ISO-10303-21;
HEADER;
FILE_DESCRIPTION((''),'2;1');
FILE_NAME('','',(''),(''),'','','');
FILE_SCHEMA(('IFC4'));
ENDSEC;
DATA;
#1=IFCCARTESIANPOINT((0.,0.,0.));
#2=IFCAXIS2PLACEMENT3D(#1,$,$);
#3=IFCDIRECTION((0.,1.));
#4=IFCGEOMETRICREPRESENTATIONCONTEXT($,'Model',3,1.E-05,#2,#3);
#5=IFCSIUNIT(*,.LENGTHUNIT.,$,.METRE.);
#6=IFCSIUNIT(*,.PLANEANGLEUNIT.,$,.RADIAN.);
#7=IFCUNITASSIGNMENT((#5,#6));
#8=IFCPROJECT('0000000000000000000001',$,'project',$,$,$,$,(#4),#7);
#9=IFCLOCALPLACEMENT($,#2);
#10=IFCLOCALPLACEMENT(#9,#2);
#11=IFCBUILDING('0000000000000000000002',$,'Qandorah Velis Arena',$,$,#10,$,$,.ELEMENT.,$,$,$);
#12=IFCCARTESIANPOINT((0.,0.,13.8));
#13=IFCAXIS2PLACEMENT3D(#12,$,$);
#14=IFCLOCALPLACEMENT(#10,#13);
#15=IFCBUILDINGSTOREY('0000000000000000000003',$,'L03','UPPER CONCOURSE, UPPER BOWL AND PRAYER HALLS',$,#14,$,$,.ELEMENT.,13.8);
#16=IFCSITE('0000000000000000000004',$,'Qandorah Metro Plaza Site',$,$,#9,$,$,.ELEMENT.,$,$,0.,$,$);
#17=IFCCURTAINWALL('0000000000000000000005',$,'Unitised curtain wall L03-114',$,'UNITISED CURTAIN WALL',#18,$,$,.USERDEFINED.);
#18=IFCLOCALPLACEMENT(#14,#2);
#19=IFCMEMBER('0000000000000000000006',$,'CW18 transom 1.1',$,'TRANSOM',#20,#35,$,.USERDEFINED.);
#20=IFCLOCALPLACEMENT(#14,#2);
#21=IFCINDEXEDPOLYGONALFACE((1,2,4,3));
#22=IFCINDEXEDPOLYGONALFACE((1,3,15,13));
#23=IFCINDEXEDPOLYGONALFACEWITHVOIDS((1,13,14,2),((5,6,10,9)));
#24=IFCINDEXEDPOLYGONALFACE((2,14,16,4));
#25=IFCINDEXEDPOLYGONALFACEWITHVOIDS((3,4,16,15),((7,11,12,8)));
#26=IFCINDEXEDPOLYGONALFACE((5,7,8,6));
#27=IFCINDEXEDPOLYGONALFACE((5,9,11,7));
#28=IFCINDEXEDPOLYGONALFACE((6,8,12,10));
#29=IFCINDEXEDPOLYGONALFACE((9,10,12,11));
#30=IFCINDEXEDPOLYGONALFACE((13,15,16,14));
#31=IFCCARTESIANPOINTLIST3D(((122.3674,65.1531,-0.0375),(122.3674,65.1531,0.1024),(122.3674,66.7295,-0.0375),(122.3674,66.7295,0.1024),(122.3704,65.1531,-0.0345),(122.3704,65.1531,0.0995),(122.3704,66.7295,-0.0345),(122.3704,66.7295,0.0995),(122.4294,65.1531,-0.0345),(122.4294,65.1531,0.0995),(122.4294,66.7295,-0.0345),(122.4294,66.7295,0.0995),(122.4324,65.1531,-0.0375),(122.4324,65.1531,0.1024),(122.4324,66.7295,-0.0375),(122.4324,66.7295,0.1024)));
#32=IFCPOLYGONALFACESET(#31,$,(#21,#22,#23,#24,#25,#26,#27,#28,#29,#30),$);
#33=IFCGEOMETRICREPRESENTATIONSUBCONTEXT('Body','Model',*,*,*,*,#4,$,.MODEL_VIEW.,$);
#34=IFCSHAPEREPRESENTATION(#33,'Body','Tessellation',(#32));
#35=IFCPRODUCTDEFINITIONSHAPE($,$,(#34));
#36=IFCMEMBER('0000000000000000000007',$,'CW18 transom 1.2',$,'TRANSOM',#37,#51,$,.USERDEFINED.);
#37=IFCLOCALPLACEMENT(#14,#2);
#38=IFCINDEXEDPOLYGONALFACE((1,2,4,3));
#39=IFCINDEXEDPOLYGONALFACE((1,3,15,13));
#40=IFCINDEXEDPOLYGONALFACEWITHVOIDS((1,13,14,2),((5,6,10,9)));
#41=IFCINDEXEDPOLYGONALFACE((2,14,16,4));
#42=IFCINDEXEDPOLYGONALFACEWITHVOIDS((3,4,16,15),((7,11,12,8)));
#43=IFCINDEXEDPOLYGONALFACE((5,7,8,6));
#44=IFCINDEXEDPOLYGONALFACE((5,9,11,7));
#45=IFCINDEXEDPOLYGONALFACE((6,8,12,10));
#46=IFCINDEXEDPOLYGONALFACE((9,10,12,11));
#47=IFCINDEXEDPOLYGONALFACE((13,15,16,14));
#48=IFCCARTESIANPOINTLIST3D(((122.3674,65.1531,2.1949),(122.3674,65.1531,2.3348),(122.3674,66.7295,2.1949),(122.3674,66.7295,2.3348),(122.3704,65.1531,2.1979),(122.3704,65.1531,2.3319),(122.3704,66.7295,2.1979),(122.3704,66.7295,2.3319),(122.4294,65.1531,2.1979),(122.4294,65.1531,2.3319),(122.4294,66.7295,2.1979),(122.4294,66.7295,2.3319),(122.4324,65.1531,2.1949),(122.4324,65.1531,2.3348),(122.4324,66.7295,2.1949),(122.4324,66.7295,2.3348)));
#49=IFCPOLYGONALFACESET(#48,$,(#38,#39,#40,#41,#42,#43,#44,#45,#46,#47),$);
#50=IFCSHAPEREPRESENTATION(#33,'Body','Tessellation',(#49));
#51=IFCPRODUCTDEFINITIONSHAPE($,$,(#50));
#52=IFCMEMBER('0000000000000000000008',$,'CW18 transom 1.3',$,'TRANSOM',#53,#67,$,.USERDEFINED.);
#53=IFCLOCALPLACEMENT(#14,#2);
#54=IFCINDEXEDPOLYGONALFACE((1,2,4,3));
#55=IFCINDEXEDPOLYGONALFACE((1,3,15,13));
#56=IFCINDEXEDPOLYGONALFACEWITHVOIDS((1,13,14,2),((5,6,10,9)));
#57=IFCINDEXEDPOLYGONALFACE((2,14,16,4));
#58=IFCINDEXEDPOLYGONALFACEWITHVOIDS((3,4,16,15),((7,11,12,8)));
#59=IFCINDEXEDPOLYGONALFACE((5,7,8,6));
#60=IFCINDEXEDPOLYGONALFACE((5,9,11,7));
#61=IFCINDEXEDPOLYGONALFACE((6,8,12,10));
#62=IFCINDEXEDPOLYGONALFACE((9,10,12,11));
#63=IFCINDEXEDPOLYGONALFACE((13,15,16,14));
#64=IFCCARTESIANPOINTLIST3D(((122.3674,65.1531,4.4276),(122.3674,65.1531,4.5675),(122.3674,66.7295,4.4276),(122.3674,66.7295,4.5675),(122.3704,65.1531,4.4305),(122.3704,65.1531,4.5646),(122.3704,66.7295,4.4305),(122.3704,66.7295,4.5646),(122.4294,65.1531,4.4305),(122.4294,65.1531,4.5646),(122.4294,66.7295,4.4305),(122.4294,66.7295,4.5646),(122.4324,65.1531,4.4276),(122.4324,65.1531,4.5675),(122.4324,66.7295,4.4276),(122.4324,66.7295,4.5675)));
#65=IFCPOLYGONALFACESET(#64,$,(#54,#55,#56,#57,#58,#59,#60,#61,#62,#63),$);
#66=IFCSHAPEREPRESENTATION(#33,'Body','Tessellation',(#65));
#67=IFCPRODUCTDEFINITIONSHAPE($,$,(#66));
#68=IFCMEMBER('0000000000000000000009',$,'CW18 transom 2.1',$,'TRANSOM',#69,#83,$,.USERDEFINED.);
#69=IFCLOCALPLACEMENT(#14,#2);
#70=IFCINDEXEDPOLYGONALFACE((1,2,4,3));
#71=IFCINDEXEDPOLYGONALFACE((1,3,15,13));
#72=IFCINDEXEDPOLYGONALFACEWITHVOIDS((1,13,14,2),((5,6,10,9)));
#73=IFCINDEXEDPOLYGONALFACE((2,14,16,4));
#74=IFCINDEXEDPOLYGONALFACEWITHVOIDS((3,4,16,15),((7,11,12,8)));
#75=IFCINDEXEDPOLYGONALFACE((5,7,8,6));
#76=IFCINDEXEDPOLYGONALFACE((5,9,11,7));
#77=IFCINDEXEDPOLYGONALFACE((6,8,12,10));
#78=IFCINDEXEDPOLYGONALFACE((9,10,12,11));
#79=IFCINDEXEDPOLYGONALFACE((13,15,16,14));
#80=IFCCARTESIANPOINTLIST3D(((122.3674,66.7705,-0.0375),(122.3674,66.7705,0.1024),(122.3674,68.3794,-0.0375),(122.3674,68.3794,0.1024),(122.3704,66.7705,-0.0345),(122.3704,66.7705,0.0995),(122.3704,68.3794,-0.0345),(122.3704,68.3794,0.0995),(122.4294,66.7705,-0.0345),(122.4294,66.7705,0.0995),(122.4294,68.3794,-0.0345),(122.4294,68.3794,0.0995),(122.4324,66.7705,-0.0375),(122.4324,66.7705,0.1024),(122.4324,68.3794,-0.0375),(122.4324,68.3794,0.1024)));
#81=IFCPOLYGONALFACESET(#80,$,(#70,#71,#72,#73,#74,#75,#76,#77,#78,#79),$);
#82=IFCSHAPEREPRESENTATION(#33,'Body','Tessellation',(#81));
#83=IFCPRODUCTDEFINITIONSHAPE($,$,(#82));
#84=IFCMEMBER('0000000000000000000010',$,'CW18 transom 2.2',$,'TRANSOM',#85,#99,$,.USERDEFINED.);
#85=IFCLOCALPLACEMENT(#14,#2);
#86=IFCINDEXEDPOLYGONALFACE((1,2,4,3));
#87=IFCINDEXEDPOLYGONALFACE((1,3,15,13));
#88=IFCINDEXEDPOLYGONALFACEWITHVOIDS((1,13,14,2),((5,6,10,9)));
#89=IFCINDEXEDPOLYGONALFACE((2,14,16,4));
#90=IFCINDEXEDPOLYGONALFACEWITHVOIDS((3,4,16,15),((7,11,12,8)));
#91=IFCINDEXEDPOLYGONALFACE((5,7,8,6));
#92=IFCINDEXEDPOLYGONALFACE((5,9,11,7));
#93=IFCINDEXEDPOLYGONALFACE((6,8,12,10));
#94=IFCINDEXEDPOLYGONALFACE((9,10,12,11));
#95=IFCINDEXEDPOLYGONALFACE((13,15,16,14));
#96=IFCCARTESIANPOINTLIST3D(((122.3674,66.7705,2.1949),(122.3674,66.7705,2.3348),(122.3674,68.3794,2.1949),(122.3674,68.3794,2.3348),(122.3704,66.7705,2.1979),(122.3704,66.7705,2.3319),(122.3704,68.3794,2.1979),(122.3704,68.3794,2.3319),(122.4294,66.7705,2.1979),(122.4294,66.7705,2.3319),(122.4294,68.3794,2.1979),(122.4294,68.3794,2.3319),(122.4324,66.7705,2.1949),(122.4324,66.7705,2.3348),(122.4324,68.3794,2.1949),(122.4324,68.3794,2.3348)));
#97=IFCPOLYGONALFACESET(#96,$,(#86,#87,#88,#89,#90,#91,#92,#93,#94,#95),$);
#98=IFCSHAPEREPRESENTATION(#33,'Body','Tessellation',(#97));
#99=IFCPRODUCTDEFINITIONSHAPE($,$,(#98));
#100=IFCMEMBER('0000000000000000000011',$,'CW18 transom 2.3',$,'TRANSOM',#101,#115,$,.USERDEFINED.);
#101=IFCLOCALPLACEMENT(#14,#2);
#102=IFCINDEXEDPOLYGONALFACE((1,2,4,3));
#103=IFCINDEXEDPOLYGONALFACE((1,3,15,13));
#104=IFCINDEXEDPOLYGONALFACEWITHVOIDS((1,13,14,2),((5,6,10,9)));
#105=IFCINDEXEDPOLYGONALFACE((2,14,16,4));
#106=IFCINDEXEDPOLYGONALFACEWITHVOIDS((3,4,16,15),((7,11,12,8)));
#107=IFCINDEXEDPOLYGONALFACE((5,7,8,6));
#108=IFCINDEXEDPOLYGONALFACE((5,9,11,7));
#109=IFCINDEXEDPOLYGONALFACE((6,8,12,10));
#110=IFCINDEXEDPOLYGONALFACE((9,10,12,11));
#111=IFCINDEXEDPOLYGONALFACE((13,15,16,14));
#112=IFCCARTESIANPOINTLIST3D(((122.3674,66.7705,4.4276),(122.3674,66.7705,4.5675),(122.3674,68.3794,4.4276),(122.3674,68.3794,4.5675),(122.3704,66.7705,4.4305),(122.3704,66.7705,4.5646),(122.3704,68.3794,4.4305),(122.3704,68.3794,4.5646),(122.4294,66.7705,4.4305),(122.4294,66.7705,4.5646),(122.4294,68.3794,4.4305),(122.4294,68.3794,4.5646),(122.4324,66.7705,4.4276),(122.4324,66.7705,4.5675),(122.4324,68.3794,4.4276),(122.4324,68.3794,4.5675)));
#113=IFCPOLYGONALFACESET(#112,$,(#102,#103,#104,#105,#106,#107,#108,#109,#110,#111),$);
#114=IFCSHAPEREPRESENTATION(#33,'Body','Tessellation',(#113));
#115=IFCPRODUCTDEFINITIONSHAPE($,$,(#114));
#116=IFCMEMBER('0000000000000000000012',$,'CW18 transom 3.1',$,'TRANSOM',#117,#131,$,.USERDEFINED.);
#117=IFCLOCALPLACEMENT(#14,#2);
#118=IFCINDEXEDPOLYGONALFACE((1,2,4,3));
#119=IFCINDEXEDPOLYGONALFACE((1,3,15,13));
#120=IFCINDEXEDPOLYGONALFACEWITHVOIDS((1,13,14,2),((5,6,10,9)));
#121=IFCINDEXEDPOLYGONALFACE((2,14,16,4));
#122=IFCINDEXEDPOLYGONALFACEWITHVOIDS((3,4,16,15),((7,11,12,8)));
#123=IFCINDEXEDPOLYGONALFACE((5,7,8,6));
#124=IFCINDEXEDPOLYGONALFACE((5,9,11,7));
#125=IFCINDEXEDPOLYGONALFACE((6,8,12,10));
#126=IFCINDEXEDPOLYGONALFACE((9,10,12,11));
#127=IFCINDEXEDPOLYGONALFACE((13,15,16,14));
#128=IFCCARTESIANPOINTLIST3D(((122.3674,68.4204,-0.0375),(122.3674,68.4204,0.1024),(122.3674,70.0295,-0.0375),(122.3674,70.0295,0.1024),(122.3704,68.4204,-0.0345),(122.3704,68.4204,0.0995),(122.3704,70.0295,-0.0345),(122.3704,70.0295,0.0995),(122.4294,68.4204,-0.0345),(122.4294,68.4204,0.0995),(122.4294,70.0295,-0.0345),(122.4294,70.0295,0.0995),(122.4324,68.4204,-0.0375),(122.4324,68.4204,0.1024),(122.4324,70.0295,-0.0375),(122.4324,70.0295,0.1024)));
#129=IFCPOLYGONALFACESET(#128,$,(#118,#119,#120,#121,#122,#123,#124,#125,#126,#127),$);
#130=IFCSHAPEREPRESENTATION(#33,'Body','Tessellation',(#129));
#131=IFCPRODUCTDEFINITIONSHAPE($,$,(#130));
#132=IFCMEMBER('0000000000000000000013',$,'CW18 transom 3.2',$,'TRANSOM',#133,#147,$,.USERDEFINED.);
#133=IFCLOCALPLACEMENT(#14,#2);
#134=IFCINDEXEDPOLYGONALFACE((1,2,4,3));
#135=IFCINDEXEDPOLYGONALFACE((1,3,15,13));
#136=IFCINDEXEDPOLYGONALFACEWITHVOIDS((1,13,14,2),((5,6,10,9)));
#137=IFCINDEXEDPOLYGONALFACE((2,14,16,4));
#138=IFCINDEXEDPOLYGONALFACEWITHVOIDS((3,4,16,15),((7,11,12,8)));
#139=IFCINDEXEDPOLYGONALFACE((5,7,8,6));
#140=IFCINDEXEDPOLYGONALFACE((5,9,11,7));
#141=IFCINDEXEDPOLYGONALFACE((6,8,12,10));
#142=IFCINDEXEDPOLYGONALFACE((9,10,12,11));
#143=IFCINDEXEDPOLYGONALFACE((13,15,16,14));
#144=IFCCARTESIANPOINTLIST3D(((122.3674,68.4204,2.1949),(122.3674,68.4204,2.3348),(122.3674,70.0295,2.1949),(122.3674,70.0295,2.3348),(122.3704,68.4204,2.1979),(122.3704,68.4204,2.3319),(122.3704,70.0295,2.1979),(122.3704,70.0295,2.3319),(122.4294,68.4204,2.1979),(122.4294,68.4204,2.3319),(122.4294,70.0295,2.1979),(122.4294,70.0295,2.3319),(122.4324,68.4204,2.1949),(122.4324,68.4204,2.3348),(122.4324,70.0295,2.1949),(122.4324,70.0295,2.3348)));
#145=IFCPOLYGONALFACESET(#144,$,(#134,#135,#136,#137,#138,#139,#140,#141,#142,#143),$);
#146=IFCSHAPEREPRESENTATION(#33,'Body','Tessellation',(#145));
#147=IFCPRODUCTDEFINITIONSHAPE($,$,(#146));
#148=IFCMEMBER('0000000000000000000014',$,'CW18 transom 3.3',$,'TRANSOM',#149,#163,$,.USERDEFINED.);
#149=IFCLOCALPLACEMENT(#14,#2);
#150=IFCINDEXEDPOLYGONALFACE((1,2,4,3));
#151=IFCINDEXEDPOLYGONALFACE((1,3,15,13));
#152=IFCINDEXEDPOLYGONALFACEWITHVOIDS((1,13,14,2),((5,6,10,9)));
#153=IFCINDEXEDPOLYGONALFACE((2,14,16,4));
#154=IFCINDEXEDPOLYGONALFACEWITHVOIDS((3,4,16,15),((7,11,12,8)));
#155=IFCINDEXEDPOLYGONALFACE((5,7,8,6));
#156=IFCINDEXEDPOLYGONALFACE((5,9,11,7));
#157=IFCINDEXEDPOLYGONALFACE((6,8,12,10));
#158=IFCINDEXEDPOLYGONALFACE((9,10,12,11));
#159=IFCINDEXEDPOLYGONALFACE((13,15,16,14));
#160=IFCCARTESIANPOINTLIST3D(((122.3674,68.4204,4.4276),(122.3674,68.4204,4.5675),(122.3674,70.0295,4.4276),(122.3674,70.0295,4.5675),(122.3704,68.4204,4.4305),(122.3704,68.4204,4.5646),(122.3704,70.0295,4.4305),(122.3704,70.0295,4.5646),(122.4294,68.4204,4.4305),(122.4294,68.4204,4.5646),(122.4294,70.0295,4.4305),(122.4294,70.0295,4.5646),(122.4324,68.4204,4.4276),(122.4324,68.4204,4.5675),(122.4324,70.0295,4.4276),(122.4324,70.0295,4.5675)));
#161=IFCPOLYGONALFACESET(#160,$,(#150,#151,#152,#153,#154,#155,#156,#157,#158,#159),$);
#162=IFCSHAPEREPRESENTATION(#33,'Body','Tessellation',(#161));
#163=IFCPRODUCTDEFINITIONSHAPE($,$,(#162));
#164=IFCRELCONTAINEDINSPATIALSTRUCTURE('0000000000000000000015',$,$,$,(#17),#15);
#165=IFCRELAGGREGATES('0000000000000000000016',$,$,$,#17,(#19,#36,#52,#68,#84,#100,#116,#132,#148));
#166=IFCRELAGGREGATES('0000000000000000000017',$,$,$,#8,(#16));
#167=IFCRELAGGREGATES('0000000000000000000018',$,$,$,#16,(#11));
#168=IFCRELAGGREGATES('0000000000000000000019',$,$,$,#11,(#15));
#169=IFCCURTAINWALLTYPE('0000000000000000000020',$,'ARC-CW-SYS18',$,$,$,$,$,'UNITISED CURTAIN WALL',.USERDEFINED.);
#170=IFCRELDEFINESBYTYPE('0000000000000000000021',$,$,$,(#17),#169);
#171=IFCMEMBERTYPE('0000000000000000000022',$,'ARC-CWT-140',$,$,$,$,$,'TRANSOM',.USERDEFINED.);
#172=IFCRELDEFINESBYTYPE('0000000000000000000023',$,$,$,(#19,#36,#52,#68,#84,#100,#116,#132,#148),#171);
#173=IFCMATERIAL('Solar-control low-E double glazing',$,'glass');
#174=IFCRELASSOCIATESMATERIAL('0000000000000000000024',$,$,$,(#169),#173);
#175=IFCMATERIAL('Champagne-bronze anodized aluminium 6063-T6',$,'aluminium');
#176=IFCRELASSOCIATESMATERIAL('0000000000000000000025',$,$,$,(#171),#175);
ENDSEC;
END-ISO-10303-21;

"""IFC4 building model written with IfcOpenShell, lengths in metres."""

from ifc_helpers import new_model, si_unit, direction, frame, origin, origin_2d, place, context, subcontext, project, spatial, hollow_rectangle, extrude, material, material_profile, profile_set, type_object, element, aggregate, save


model = new_model("IFC4")

# Units and contexts
model_context = context("Model", 3, precision=1e-05, world=origin(), true_north=direction((0.0, 1.0)))
body_context = subcontext(model_context, "Body", "Model", "MODEL_VIEW")
ifc_project = project(units=[si_unit("LENGTHUNIT", "METRE"), si_unit("PLANEANGLEUNIT", "RADIAN")], contexts=[model_context])

# Site, building, storey
site_placement = place(None, origin())
site = spatial("IfcSite", under=ifc_project, at=site_placement, Name="Qandorah Metro Plaza Site", CompositionType="ELEMENT", RefElevation=0.0)
building_placement = place(site_placement, origin())
building = spatial("IfcBuilding", under=site, at=building_placement, Name="Qandorah Velis Arena", CompositionType="ELEMENT")
storey_placement = place(building_placement, frame((0.0, 0.0, 13.8)))
storey = spatial("IfcBuildingStorey", under=building, at=storey_placement, Name="L03", Description="UPPER CONCOURSE, UPPER BOWL AND PRAYER HALLS", CompositionType="ELEMENT", Elevation=13.8)

# Curtain wall
ifc_material_1 = material(Name="Solar-control low-E double glazing", Category="glass")
curtain_wall_type_1 = type_object("IfcCurtainWallType", Name="ARC-CW-SYS18", ElementType="UNITISED CURTAIN WALL", PredefinedType="USERDEFINED", material=ifc_material_1)
curtain_wall_1_placement = place(storey_placement, origin())
curtain_wall_1 = element("IfcCurtainWall", 1, at=curtain_wall_1_placement, inside=storey, type_object=curtain_wall_type_1, Name="Unitised curtain wall L03-114", ObjectType="UNITISED CURTAIN WALL", PredefinedType="USERDEFINED")
ifc_material_2 = material(Name="Champagne-bronze anodized aluminium 6063-T6", Category="aluminium")

# Members
ifc_material_profile_1 = material_profile(ifc_material_2, hollow_rectangle(XDim=0.0649, YDim=0.1399, WallThickness=0.0029, at=origin_2d()), Name="ALU TRANSOM 65x140")
ifc_profile_set_1 = profile_set([ifc_material_profile_1], Name="Champagne-bronze anodized aluminium 6063-T6")
member_type_1 = type_object("IfcMemberType", Name="ARC-CWT-140", ElementType="TRANSOM", PredefinedType="USERDEFINED", material=ifc_profile_set_1)
member_1_placement = place(storey_placement, frame((122.3999, 65.1531, 0.0325), z_axis=(0.0, 1.0, 0.0), x_axis=(-1.0, 0.0, 0.0)))
member_1 = element("IfcMember", 2, at=member_1_placement, type_object=member_type_1, Name="CW18 transom 1.1", ObjectType="TRANSOM", PredefinedType="USERDEFINED", context=body_context, shape_type="SweptSolid", body=[
    extrude(hollow_rectangle(XDim=0.0649, YDim=0.1399, WallThickness=0.0029, at=origin_2d()), origin(), (0.0, 0.0, 1.0), 1.5764),
])
member_2_placement = place(storey_placement, frame((122.3999, 65.1531, 2.2649), z_axis=(0.0, 1.0, 0.0), x_axis=(-1.0, 0.0, 0.0)))
member_2 = element("IfcMember", 3, at=member_2_placement, type_object=member_type_1, Name="CW18 transom 1.2", ObjectType="TRANSOM", PredefinedType="USERDEFINED", context=body_context, shape_type="SweptSolid", body=[
    extrude(hollow_rectangle(XDim=0.0649, YDim=0.1399, WallThickness=0.0029, at=origin_2d()), origin(), (0.0, 0.0, 1.0), 1.5764),
])
member_3_placement = place(storey_placement, frame((122.3999, 65.1531, 4.4976), z_axis=(0.0, 1.0, 0.0), x_axis=(-1.0, 0.0, 0.0)))
member_3 = element("IfcMember", 4, at=member_3_placement, type_object=member_type_1, Name="CW18 transom 1.3", ObjectType="TRANSOM", PredefinedType="USERDEFINED", context=body_context, shape_type="SweptSolid", body=[
    extrude(hollow_rectangle(XDim=0.0649, YDim=0.1399, WallThickness=0.0029, at=origin_2d()), origin(), (0.0, 0.0, 1.0), 1.5764),
])
member_4_placement = place(storey_placement, frame((122.3999, 66.7705, 0.0325), z_axis=(0.0, 1.0, 0.0), x_axis=(-1.0, 0.0, 0.0)))
member_4 = element("IfcMember", 5, at=member_4_placement, type_object=member_type_1, Name="CW18 transom 2.1", ObjectType="TRANSOM", PredefinedType="USERDEFINED", context=body_context, shape_type="SweptSolid", body=[
    extrude(hollow_rectangle(XDim=0.0649, YDim=0.1399, WallThickness=0.0029, at=origin_2d()), origin(), (0.0, 0.0, 1.0), 1.6089),
])
member_5_placement = place(storey_placement, frame((122.3999, 66.7705, 2.2649), z_axis=(0.0, 1.0, 0.0), x_axis=(-1.0, 0.0, 0.0)))
member_5 = element("IfcMember", 6, at=member_5_placement, type_object=member_type_1, Name="CW18 transom 2.2", ObjectType="TRANSOM", PredefinedType="USERDEFINED", context=body_context, shape_type="SweptSolid", body=[
    extrude(hollow_rectangle(XDim=0.0649, YDim=0.1399, WallThickness=0.0029, at=origin_2d()), origin(), (0.0, 0.0, 1.0), 1.6089),
])
member_6_placement = place(storey_placement, frame((122.3999, 66.7705, 4.4976), z_axis=(0.0, 1.0, 0.0), x_axis=(-1.0, 0.0, 0.0)))
member_6 = element("IfcMember", 7, at=member_6_placement, type_object=member_type_1, Name="CW18 transom 2.3", ObjectType="TRANSOM", PredefinedType="USERDEFINED", context=body_context, shape_type="SweptSolid", body=[
    extrude(hollow_rectangle(XDim=0.0649, YDim=0.1399, WallThickness=0.0029, at=origin_2d()), origin(), (0.0, 0.0, 1.0), 1.6089),
])
member_7_placement = place(storey_placement, frame((122.3999, 68.4204, 0.0325), z_axis=(0.0, 1.0, 0.0), x_axis=(-1.0, 0.0, 0.0)))
member_7 = element("IfcMember", 8, at=member_7_placement, type_object=member_type_1, Name="CW18 transom 3.1", ObjectType="TRANSOM", PredefinedType="USERDEFINED", context=body_context, shape_type="SweptSolid", body=[
    extrude(hollow_rectangle(XDim=0.0649, YDim=0.1399, WallThickness=0.0029, at=origin_2d()), origin(), (0.0, 0.0, 1.0), 1.6091),
])
member_8_placement = place(storey_placement, frame((122.3999, 68.4204, 2.2649), z_axis=(0.0, 1.0, 0.0), x_axis=(-1.0, 0.0, 0.0)))
member_8 = element("IfcMember", 9, at=member_8_placement, type_object=member_type_1, Name="CW18 transom 3.2", ObjectType="TRANSOM", PredefinedType="USERDEFINED", context=body_context, shape_type="SweptSolid", body=[
    extrude(hollow_rectangle(XDim=0.0649, YDim=0.1399, WallThickness=0.0029, at=origin_2d()), origin(), (0.0, 0.0, 1.0), 1.6091),
])
member_9_placement = place(storey_placement, frame((122.3999, 68.4204, 4.4976), z_axis=(0.0, 1.0, 0.0), x_axis=(-1.0, 0.0, 0.0)))
member_9 = element("IfcMember", 10, at=member_9_placement, type_object=member_type_1, Name="CW18 transom 3.3", ObjectType="TRANSOM", PredefinedType="USERDEFINED", context=body_context, shape_type="SweptSolid", body=[
    extrude(hollow_rectangle(XDim=0.0649, YDim=0.1399, WallThickness=0.0029, at=origin_2d()), origin(), (0.0, 0.0, 1.0), 1.6091),
])

aggregate(curtain_wall_1, [member_1, member_2, member_3, member_4, member_5, member_6, member_7, member_8, member_9])

save(model, "model.ifc")
